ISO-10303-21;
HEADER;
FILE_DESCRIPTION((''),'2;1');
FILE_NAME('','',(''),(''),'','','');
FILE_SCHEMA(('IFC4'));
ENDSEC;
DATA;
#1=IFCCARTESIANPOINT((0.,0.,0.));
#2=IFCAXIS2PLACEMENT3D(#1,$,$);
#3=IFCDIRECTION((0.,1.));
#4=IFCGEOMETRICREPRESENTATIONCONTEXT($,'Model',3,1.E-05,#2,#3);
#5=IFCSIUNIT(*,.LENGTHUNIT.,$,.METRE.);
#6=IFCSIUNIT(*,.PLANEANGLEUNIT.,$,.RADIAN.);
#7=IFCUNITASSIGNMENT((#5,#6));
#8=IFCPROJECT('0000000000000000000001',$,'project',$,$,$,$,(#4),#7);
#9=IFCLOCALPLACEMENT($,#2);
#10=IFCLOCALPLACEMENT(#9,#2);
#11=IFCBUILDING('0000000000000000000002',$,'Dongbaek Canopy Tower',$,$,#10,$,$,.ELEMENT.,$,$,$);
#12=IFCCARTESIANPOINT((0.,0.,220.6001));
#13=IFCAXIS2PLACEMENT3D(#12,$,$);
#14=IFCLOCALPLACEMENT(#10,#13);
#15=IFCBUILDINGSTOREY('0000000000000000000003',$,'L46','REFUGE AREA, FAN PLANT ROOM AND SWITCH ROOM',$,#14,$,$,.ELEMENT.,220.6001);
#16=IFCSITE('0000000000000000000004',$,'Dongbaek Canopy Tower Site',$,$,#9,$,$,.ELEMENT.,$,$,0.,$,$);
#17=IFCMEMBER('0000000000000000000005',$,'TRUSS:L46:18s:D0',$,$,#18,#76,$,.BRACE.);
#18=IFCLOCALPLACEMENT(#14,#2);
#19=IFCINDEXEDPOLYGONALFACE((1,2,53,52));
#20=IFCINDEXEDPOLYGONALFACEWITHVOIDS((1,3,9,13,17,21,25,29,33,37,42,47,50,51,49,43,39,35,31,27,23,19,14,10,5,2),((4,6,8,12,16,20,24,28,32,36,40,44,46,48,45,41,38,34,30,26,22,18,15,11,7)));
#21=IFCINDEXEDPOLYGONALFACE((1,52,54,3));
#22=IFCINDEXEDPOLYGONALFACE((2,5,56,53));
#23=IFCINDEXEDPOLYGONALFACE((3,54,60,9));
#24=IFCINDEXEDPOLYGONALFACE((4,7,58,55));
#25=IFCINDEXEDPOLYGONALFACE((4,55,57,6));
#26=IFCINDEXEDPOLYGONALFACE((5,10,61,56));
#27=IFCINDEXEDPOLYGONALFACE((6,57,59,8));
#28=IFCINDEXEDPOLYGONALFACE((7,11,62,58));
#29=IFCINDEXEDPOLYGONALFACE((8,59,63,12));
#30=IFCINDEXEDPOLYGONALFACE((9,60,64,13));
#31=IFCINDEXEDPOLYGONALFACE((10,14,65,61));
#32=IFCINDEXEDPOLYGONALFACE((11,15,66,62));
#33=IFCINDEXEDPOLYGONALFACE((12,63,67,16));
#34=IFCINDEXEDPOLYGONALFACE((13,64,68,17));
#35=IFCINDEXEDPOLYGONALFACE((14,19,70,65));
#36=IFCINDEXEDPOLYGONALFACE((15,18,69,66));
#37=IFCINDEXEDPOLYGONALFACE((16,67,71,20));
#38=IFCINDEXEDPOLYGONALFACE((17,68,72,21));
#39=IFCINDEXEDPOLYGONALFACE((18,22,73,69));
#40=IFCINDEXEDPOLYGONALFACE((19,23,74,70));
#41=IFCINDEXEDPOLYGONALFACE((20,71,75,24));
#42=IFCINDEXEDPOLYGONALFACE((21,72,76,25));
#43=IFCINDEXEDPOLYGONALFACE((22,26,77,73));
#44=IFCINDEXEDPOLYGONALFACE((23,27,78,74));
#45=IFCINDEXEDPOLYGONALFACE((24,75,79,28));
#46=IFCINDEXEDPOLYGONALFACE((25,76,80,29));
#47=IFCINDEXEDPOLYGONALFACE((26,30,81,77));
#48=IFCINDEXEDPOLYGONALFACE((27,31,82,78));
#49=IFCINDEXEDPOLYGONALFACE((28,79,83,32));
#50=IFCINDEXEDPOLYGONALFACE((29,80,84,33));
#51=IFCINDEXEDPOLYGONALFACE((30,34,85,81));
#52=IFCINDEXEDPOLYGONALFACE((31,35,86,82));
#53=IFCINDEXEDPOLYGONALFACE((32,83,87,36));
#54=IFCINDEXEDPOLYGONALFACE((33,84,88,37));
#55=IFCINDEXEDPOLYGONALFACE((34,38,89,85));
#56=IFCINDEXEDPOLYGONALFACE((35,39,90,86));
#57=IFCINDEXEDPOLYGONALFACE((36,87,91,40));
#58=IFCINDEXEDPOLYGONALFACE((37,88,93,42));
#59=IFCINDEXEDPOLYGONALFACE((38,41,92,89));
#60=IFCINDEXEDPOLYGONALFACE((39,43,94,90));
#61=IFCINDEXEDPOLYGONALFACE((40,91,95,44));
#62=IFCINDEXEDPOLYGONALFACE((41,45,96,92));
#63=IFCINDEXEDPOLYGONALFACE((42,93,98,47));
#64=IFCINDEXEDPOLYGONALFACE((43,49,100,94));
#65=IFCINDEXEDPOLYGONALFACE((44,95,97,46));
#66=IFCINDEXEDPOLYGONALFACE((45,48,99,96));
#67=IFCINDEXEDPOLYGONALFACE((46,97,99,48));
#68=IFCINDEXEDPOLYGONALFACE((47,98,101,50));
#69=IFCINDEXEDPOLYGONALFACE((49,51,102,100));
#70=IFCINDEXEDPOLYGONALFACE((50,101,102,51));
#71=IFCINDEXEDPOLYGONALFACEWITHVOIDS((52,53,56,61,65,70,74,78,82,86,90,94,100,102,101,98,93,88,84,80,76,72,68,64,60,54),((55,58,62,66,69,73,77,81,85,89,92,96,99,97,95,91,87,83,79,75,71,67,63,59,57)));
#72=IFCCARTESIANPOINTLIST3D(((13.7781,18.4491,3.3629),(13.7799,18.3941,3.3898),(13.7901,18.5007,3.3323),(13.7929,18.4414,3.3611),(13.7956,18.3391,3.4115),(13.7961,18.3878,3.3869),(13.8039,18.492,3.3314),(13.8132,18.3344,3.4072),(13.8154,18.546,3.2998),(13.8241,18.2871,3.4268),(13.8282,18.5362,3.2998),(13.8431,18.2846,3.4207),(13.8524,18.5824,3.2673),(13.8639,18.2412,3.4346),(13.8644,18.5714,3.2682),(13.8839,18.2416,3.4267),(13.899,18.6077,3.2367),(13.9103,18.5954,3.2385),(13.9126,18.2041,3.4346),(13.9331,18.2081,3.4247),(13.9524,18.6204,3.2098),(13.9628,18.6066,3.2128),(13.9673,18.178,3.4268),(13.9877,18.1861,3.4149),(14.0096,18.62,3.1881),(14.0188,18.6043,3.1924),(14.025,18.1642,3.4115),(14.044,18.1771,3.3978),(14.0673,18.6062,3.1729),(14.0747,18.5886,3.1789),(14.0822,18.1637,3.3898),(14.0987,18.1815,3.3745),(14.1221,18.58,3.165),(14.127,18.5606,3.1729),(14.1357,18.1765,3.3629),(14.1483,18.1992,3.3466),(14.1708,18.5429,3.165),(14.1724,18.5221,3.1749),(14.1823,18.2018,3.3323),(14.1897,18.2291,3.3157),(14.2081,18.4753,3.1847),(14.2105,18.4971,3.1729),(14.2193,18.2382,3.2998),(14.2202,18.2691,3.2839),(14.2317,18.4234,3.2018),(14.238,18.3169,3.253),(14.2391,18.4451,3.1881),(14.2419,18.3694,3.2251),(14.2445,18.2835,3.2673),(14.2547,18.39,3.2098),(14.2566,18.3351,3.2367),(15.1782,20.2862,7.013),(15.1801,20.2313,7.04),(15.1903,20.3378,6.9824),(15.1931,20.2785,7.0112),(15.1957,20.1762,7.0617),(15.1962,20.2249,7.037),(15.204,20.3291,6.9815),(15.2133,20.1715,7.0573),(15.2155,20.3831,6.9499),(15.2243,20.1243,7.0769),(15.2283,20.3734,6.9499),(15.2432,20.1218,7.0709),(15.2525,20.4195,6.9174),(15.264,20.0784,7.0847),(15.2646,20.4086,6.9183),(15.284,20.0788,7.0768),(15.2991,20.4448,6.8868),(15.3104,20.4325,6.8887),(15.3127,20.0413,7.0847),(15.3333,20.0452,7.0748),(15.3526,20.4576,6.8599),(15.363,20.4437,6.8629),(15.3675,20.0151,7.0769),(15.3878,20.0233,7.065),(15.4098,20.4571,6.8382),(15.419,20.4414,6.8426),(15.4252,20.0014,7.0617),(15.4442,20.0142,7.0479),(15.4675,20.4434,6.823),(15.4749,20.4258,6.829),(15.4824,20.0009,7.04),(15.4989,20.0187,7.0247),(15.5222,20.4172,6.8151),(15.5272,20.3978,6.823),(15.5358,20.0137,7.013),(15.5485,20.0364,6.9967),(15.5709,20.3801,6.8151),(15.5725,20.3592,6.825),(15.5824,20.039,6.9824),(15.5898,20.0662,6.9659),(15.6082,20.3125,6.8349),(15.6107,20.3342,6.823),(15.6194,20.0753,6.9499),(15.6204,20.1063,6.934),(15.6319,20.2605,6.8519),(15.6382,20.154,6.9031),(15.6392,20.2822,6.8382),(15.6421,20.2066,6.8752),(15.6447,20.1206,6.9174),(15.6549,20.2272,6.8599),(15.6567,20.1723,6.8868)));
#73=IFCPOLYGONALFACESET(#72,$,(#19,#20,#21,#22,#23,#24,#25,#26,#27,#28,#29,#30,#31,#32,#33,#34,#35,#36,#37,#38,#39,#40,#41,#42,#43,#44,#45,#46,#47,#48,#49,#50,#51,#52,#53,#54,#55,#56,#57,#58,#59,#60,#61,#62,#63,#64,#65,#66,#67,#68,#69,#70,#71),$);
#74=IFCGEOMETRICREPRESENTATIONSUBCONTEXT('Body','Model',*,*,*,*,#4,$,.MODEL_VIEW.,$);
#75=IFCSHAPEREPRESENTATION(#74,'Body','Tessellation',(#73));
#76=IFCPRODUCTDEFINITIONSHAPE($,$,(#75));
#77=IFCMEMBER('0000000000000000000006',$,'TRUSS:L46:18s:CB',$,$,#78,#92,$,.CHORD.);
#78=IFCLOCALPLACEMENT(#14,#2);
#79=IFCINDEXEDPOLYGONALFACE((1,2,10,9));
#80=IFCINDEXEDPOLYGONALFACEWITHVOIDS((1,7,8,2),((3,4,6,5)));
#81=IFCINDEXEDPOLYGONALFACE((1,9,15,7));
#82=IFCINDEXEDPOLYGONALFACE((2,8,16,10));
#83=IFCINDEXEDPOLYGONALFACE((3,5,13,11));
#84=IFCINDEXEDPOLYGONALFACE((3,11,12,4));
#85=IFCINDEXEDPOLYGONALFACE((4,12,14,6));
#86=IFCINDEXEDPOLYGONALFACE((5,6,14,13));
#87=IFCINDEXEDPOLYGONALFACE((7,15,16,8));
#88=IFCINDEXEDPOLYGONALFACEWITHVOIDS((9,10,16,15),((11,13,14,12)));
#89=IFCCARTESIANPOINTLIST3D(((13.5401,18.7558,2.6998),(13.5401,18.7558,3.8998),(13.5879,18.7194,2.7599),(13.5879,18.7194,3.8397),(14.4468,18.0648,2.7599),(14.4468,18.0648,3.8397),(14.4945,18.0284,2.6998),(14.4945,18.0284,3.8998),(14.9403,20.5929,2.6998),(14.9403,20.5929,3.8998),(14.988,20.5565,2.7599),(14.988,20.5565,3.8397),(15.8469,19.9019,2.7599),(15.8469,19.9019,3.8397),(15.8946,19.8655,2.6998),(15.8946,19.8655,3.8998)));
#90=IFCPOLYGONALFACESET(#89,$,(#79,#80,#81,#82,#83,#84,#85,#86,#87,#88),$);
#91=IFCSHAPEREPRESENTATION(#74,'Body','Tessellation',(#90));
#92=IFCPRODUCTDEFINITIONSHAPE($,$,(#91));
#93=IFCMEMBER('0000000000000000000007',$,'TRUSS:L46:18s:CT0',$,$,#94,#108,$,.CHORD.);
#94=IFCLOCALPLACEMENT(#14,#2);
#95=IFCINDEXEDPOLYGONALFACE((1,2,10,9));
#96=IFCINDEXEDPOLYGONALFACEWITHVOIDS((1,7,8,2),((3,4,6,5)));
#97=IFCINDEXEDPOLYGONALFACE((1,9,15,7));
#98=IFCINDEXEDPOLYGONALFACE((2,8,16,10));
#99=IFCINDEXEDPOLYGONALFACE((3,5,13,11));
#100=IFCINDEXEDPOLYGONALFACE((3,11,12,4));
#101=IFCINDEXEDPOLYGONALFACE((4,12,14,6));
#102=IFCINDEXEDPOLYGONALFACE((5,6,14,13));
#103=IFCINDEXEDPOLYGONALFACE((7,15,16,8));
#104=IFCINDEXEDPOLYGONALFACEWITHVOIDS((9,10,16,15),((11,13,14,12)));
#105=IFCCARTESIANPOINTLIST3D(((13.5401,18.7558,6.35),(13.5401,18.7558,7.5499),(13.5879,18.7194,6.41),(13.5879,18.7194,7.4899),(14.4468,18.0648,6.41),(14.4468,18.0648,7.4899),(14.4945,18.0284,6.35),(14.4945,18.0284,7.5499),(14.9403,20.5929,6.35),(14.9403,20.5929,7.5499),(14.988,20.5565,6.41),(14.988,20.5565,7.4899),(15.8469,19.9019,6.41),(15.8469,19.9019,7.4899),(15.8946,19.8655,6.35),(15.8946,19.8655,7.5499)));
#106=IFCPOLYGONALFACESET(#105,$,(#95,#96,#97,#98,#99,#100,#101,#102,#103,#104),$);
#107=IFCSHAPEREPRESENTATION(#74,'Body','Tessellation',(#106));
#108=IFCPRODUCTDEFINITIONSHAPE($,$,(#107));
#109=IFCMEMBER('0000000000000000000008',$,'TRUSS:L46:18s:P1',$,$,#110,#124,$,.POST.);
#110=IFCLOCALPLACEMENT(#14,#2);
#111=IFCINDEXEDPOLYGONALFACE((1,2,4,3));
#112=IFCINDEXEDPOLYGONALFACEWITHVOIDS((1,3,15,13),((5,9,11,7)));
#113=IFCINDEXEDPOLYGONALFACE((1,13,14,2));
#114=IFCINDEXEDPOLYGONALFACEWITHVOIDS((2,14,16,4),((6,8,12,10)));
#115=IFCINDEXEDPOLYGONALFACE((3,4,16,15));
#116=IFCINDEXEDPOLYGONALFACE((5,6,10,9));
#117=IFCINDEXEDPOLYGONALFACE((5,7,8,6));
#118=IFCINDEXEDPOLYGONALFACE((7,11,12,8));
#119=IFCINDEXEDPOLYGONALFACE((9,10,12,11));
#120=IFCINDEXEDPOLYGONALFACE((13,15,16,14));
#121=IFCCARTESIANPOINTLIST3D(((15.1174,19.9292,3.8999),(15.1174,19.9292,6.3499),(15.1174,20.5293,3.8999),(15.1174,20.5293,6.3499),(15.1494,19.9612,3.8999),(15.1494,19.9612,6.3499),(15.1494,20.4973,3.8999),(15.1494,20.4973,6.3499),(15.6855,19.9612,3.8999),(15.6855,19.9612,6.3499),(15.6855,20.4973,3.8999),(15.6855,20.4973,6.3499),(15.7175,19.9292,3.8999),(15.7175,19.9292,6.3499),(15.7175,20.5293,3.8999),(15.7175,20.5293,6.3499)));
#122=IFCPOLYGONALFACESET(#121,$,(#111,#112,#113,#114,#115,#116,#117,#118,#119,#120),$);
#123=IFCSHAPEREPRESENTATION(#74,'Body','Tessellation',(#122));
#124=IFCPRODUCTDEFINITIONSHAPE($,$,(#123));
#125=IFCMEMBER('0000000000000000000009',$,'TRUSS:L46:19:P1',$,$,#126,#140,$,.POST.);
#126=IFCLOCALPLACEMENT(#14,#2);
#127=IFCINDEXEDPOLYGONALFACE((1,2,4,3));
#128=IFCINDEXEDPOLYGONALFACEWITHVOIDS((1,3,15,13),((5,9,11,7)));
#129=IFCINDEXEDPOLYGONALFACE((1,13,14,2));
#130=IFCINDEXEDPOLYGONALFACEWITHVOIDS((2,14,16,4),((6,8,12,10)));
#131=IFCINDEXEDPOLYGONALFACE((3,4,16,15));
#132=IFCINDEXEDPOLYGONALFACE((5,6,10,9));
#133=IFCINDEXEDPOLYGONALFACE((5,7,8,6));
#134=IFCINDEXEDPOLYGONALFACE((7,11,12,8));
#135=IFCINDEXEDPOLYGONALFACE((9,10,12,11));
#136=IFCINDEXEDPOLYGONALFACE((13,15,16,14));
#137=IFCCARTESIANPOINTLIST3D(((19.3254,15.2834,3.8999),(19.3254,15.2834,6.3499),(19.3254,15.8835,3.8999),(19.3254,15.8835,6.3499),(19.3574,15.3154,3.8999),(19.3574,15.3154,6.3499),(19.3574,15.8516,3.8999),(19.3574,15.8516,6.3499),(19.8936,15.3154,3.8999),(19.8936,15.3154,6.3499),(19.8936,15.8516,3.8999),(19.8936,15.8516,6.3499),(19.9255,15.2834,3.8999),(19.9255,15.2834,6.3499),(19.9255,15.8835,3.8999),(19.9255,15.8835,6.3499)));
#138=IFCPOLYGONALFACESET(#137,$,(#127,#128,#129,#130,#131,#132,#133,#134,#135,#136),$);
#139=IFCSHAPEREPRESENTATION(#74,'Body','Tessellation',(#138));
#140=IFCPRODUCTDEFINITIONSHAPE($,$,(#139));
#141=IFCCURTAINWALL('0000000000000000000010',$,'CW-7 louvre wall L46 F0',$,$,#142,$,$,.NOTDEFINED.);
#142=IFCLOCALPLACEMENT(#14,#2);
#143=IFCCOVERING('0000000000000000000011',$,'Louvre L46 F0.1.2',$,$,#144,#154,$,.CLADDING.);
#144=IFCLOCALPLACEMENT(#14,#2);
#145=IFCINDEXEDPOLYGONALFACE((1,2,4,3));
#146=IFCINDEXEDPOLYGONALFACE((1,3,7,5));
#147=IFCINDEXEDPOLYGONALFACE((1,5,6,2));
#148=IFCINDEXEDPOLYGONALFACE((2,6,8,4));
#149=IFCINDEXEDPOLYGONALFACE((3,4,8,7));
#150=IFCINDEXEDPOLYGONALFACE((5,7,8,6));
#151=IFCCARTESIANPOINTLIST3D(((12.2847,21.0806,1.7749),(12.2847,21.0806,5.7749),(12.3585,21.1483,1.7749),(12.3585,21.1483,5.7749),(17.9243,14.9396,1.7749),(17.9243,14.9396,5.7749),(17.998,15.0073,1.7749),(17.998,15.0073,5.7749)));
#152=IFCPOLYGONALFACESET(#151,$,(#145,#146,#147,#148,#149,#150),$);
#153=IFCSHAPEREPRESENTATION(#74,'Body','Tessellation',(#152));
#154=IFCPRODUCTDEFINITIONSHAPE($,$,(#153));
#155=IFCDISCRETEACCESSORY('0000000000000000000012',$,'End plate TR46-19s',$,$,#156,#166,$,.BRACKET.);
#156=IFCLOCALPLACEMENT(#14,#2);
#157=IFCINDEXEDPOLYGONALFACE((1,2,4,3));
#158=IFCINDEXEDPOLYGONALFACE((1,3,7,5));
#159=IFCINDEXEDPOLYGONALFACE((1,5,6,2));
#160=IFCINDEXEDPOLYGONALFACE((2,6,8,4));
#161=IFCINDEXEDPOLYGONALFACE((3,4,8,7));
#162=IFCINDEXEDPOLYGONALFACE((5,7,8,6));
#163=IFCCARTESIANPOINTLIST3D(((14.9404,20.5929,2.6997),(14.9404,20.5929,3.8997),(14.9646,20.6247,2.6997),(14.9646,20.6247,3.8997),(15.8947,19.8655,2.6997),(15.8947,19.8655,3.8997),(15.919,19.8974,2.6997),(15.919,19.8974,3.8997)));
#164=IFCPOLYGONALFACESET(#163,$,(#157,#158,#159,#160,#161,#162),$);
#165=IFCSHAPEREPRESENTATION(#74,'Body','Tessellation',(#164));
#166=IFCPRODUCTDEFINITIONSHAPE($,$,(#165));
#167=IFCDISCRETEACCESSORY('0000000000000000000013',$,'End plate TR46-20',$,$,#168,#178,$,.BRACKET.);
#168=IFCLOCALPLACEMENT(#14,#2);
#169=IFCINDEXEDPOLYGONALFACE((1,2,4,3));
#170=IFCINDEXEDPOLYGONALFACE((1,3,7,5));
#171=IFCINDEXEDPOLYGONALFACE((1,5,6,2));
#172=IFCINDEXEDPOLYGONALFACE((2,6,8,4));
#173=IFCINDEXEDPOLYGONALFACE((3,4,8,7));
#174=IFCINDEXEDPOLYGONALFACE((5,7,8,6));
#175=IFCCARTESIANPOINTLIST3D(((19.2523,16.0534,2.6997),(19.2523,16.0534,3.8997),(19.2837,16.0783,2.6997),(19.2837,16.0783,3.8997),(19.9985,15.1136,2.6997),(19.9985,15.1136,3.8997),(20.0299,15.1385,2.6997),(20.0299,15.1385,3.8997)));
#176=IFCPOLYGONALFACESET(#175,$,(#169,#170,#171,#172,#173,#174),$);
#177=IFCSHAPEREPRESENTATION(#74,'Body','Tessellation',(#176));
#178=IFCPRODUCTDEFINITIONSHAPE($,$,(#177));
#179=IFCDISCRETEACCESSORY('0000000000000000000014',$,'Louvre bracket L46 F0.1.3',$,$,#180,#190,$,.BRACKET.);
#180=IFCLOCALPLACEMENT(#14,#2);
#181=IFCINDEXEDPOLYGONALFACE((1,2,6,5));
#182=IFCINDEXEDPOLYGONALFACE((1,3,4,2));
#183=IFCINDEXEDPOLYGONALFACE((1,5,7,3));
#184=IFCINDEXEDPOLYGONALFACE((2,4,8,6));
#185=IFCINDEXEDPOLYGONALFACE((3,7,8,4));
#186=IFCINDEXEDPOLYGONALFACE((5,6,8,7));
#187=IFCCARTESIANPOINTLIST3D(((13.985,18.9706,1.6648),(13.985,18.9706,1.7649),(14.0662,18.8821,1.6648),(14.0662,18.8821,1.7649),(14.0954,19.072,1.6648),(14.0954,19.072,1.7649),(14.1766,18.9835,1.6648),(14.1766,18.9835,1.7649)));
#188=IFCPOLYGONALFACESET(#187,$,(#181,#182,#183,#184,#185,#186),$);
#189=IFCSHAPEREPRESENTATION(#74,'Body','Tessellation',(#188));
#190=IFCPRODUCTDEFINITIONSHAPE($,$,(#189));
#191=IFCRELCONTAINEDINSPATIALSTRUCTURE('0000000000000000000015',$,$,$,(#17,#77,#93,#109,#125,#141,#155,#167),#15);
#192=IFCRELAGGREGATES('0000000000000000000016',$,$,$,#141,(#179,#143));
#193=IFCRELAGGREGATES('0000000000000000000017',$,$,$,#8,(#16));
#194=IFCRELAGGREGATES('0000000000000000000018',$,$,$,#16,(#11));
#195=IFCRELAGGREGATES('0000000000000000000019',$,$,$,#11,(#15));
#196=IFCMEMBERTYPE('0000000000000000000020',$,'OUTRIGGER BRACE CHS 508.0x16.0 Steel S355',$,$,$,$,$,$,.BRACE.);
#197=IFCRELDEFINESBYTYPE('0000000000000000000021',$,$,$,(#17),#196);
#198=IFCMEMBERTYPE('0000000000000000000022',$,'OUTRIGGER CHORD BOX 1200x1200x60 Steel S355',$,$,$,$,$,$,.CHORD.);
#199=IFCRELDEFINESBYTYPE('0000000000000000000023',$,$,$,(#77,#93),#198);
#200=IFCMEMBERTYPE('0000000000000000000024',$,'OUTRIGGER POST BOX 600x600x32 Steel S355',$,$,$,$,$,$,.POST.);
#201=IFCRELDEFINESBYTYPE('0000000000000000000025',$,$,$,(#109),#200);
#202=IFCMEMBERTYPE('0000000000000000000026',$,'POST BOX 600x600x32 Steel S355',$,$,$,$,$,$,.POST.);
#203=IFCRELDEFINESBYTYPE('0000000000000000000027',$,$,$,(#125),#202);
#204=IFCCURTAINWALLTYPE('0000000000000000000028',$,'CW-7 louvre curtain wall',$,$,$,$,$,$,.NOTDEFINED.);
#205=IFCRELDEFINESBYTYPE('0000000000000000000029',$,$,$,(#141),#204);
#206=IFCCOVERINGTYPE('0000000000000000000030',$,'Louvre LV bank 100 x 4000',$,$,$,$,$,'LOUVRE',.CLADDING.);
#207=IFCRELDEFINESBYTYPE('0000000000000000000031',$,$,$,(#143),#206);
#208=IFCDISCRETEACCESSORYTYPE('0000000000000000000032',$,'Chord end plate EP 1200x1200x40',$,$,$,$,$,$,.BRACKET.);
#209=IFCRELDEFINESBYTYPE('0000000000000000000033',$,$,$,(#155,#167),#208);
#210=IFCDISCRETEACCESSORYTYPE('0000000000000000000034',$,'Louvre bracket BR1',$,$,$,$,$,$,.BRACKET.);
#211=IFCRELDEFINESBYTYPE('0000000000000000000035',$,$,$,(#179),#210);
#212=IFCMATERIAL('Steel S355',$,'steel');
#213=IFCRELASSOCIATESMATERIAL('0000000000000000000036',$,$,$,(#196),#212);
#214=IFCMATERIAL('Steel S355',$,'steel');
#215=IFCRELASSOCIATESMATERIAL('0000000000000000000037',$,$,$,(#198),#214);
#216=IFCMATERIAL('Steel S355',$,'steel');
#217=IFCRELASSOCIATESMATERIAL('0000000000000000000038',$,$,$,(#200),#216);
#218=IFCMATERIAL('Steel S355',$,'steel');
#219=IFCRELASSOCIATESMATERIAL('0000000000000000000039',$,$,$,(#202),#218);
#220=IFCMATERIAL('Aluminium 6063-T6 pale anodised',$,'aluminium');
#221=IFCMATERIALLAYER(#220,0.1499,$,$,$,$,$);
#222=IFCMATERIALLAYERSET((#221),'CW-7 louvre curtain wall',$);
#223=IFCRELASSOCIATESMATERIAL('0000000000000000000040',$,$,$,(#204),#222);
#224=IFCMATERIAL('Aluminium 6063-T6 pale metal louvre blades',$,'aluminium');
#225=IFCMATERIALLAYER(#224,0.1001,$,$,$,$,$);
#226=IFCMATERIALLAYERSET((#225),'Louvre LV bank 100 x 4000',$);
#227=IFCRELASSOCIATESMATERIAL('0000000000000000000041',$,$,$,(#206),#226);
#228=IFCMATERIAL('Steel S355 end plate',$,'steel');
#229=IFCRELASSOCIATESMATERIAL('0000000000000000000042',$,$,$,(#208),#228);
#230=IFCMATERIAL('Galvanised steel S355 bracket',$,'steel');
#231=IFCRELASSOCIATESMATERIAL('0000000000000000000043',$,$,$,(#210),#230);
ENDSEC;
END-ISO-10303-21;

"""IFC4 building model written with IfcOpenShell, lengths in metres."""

from ifc_helpers import new_model, si_unit, direction, frame, origin, origin_2d, place, context, subcontext, project, spatial, rectangle, hollow_rectangle, hollow_circle, extrude, material, layer, layer_set, material_profile, profile_set, type_object, element, aggregate, save


model = new_model("IFC4")

# Units and contexts
model_context = context("Model", 3, precision=1e-05, world=origin(), true_north=direction((0.0, 1.0)))
body_context = subcontext(model_context, "Body", "Model", "MODEL_VIEW")
ifc_project = project(units=[si_unit("LENGTHUNIT", "METRE"), si_unit("PLANEANGLEUNIT", "RADIAN")], contexts=[model_context])

# Site, building, storey
site_placement = place(None, origin())
site = spatial("IfcSite", under=ifc_project, at=site_placement, Name="Dongbaek Canopy Tower Site", CompositionType="ELEMENT", RefElevation=0.0)
building_placement = place(site_placement, origin())
building = spatial("IfcBuilding", under=site, at=building_placement, Name="Dongbaek Canopy Tower", CompositionType="ELEMENT")
storey_placement = place(building_placement, frame((0.0, 0.0, 220.6001)))
storey = spatial("IfcBuildingStorey", under=building, at=storey_placement, Name="L46", Description="REFUGE AREA, FAN PLANT ROOM AND SWITCH ROOM", CompositionType="ELEMENT", Elevation=220.6001)

# Members
ifc_material_1 = material(Name="Steel S355", Category="steel")
ifc_material_profile_1 = material_profile(ifc_material_1, hollow_circle(Radius=0.2539, WallThickness=0.0161, at=origin_2d()), Name="OUTRIGGER BRACE CHS 508.0x16.0 Steel S355")
ifc_profile_set_1 = profile_set([ifc_material_profile_1], Name="Steel S355")
member_type_1 = type_object("IfcMemberType", Name="OUTRIGGER BRACE CHS 508.0x16.0 Steel S355", PredefinedType="BRACE", material=ifc_profile_set_1)
member_1_placement = place(storey_placement, frame((14.0173, 18.3921, 3.2998), z_axis=(0.324136, 0.425305, 0.845015), x_axis=(-0.795347, 0.606155, 0.0)))
element("IfcMember", 1, at=member_1_placement, inside=storey, type_object=member_type_1, Name="TRUSS:L46:18s:D0", PredefinedType="BRACE", context=body_context, shape_type="SweptSolid", body=[
    extrude(hollow_circle(Radius=0.2539, WallThickness=0.0161, at=origin_2d()), origin(), (0.0, 0.0, 1.0), 4.3196),
])
ifc_material_2 = material(Name="Steel S355", Category="steel")
ifc_material_profile_2 = material_profile(ifc_material_2, hollow_rectangle(XDim=1.2, YDim=1.2, WallThickness=0.0601, at=origin_2d()), Name="OUTRIGGER CHORD BOX 1200x1200x60 Steel S355")
ifc_profile_set_2 = profile_set([ifc_material_profile_2], Name="Steel S355")
member_type_2 = type_object("IfcMemberType", Name="OUTRIGGER CHORD BOX 1200x1200x60 Steel S355", PredefinedType="CHORD", material=ifc_profile_set_2)
for number, where, z_axis, x_axis, name in (
    (2, (14.0173, 18.3921, 3.2998), (0.606155, 0.795347, 0.0), (-0.795347, 0.606155, 0.0), "TRUSS:L46:18s:CB"),
    (3, (14.0173, 18.3921, 6.95), (0.606155, 0.795347, 0.0), (-0.795347, 0.606155, 0.0), "TRUSS:L46:18s:CT0"),
):
    element("IfcMember", number, at=place(storey_placement, frame(where, z_axis=z_axis, x_axis=x_axis)), inside=storey, type_object=member_type_2, Name=name, PredefinedType="CHORD", context=body_context, shape_type="SweptSolid", body=[
        extrude(hollow_rectangle(XDim=1.2, YDim=1.2, WallThickness=0.0601, at=origin_2d()), origin(), (0.0, 0.0, 1.0), 2.3098),
    ])
ifc_material_3 = material(Name="Steel S355", Category="steel")
ifc_material_profile_3 = material_profile(ifc_material_3, hollow_rectangle(XDim=0.6001, YDim=0.6001, WallThickness=0.032, at=origin_2d()), Name="OUTRIGGER POST BOX 600x600x32 Steel S355")
ifc_profile_set_3 = profile_set([ifc_material_profile_3], Name="Steel S355")
member_type_3 = type_object("IfcMemberType", Name="OUTRIGGER POST BOX 600x600x32 Steel S355", PredefinedType="POST", material=ifc_profile_set_3)
member_2_placement = place(storey_placement, frame((15.4175, 20.2292, 3.8999), z_axis=(0.0, 0.0, 1.0), x_axis=(1.0, 0.0, 0.0)))
element("IfcMember", 4, at=member_2_placement, inside=storey, type_object=member_type_3, Name="TRUSS:L46:18s:P1", PredefinedType="POST", context=body_context, shape_type="SweptSolid", body=[
    extrude(hollow_rectangle(XDim=0.6001, YDim=0.6001, WallThickness=0.032, at=origin_2d()), origin(), (0.0, 0.0, 1.0), 2.45),
])
ifc_material_4 = material(Name="Steel S355", Category="steel")
ifc_material_profile_4 = material_profile(ifc_material_4, hollow_rectangle(XDim=0.6001, YDim=0.6001, WallThickness=0.032, at=origin_2d()), Name="POST BOX 600x600x32 Steel S355")
ifc_profile_set_4 = profile_set([ifc_material_profile_4], Name="Steel S355")
member_type_4 = type_object("IfcMemberType", Name="POST BOX 600x600x32 Steel S355", PredefinedType="POST", material=ifc_profile_set_4)
member_3_placement = place(storey_placement, frame((19.6255, 15.5835, 3.8999), z_axis=(0.0, 0.0, 1.0), x_axis=(1.0, 0.0, 0.0)))
element("IfcMember", 5, at=member_3_placement, inside=storey, type_object=member_type_4, Name="TRUSS:L46:19:P1", PredefinedType="POST", context=body_context, shape_type="SweptSolid", body=[
    extrude(hollow_rectangle(XDim=0.6001, YDim=0.6001, WallThickness=0.032, at=origin_2d()), origin(), (0.0, 0.0, 1.0), 2.45),
])

# Curtain wall, covering
ifc_material_5 = material(Name="Aluminium 6063-T6 pale anodised", Category="aluminium")
ifc_layer_1 = layer(ifc_material_5, 0.1499)
ifc_layer_set_1 = layer_set([ifc_layer_1], Name="CW-7 louvre curtain wall")
curtain_wall_type = type_object("IfcCurtainWallType", Name="CW-7 louvre curtain wall", PredefinedType="NOTDEFINED", material=ifc_layer_set_1)
curtain_wall_placement = place(storey_placement, origin())
curtain_wall = element("IfcCurtainWall", 6, at=curtain_wall_placement, inside=storey, type_object=curtain_wall_type, Name="CW-7 louvre wall L46 F0", PredefinedType="NOTDEFINED")
ifc_material_6 = material(Name="Aluminium 6063-T6 pale metal louvre blades", Category="aluminium")
ifc_layer_2 = layer(ifc_material_6, 0.1001)
ifc_layer_set_2 = layer_set([ifc_layer_2], Name="Louvre LV bank 100 x 4000")
covering_type = type_object("IfcCoveringType", Name="Louvre LV bank 100 x 4000", ElementType="LOUVRE", PredefinedType="CLADDING", material=ifc_layer_set_2)
covering_placement = place(storey_placement, frame((15.1414, 18.0439, 1.7749), z_axis=(0.0, 0.0, 1.0), x_axis=(-0.676392, 0.736542, 0.0)))
covering = element("IfcCovering", 7, at=covering_placement, type_object=covering_type, Name="Louvre L46 F0.1.2", PredefinedType="CLADDING", context=body_context, shape_type="SweptSolid", body=[
    extrude(rectangle(XDim=8.3376, YDim=0.1001, at=origin_2d()), origin(), (0.0, 0.0, 1.0), 4.0),
])

# Discrete accessories
ifc_material_7 = material(Name="Steel S355 end plate", Category="steel")
discrete_accessory_type_1 = type_object("IfcDiscreteAccessoryType", Name="Chord end plate EP 1200x1200x40", PredefinedType="BRACKET", material=ifc_material_7)
for number, where, z_axis, x_axis, name in (
    (8, (15.4297, 20.2451, 2.6997), (0.0, 0.0, 1.0), (-0.606162, -0.795341, 0.0), "End plate TR46-19s"),
    (9, (19.6411, 15.5959, 2.6997), (0.0, 0.0, 1.0), (-0.783139, -0.621846, 0.0), "End plate TR46-20"),
):
    element("IfcDiscreteAccessory", number, at=place(storey_placement, frame(where, z_axis=z_axis, x_axis=x_axis)), inside=storey, type_object=discrete_accessory_type_1, Name=name, PredefinedType="BRACKET", context=body_context, shape_type="SweptSolid", body=[
        extrude(rectangle(XDim=0.04, YDim=1.2, at=origin_2d()), origin(), (0.0, 0.0, 1.0), 1.2),
    ])

# Discrete accessory
ifc_material_8 = material(Name="Galvanised steel S355 bracket", Category="steel")
discrete_accessory_type_2 = type_object("IfcDiscreteAccessoryType", Name="Louvre bracket BR1", PredefinedType="BRACKET", material=ifc_material_8)
discrete_accessory_placement = place(storey_placement, frame((14.0808, 18.9771, 1.6648), z_axis=(0.0, 0.0, 1.0), x_axis=(-0.676392, 0.736542, 0.0)))
discrete_accessory = element("IfcDiscreteAccessory", 10, at=discrete_accessory_placement, type_object=discrete_accessory_type_2, Name="Louvre bracket L46 F0.1.3", PredefinedType="BRACKET", context=body_context, shape_type="SweptSolid", body=[
    extrude(rectangle(XDim=0.1201, YDim=0.1499, at=origin_2d()), origin(), (0.0, 0.0, 1.0), 0.1001),
])
aggregate(curtain_wall, [discrete_accessory, covering])

save(model, "model.ifc")
